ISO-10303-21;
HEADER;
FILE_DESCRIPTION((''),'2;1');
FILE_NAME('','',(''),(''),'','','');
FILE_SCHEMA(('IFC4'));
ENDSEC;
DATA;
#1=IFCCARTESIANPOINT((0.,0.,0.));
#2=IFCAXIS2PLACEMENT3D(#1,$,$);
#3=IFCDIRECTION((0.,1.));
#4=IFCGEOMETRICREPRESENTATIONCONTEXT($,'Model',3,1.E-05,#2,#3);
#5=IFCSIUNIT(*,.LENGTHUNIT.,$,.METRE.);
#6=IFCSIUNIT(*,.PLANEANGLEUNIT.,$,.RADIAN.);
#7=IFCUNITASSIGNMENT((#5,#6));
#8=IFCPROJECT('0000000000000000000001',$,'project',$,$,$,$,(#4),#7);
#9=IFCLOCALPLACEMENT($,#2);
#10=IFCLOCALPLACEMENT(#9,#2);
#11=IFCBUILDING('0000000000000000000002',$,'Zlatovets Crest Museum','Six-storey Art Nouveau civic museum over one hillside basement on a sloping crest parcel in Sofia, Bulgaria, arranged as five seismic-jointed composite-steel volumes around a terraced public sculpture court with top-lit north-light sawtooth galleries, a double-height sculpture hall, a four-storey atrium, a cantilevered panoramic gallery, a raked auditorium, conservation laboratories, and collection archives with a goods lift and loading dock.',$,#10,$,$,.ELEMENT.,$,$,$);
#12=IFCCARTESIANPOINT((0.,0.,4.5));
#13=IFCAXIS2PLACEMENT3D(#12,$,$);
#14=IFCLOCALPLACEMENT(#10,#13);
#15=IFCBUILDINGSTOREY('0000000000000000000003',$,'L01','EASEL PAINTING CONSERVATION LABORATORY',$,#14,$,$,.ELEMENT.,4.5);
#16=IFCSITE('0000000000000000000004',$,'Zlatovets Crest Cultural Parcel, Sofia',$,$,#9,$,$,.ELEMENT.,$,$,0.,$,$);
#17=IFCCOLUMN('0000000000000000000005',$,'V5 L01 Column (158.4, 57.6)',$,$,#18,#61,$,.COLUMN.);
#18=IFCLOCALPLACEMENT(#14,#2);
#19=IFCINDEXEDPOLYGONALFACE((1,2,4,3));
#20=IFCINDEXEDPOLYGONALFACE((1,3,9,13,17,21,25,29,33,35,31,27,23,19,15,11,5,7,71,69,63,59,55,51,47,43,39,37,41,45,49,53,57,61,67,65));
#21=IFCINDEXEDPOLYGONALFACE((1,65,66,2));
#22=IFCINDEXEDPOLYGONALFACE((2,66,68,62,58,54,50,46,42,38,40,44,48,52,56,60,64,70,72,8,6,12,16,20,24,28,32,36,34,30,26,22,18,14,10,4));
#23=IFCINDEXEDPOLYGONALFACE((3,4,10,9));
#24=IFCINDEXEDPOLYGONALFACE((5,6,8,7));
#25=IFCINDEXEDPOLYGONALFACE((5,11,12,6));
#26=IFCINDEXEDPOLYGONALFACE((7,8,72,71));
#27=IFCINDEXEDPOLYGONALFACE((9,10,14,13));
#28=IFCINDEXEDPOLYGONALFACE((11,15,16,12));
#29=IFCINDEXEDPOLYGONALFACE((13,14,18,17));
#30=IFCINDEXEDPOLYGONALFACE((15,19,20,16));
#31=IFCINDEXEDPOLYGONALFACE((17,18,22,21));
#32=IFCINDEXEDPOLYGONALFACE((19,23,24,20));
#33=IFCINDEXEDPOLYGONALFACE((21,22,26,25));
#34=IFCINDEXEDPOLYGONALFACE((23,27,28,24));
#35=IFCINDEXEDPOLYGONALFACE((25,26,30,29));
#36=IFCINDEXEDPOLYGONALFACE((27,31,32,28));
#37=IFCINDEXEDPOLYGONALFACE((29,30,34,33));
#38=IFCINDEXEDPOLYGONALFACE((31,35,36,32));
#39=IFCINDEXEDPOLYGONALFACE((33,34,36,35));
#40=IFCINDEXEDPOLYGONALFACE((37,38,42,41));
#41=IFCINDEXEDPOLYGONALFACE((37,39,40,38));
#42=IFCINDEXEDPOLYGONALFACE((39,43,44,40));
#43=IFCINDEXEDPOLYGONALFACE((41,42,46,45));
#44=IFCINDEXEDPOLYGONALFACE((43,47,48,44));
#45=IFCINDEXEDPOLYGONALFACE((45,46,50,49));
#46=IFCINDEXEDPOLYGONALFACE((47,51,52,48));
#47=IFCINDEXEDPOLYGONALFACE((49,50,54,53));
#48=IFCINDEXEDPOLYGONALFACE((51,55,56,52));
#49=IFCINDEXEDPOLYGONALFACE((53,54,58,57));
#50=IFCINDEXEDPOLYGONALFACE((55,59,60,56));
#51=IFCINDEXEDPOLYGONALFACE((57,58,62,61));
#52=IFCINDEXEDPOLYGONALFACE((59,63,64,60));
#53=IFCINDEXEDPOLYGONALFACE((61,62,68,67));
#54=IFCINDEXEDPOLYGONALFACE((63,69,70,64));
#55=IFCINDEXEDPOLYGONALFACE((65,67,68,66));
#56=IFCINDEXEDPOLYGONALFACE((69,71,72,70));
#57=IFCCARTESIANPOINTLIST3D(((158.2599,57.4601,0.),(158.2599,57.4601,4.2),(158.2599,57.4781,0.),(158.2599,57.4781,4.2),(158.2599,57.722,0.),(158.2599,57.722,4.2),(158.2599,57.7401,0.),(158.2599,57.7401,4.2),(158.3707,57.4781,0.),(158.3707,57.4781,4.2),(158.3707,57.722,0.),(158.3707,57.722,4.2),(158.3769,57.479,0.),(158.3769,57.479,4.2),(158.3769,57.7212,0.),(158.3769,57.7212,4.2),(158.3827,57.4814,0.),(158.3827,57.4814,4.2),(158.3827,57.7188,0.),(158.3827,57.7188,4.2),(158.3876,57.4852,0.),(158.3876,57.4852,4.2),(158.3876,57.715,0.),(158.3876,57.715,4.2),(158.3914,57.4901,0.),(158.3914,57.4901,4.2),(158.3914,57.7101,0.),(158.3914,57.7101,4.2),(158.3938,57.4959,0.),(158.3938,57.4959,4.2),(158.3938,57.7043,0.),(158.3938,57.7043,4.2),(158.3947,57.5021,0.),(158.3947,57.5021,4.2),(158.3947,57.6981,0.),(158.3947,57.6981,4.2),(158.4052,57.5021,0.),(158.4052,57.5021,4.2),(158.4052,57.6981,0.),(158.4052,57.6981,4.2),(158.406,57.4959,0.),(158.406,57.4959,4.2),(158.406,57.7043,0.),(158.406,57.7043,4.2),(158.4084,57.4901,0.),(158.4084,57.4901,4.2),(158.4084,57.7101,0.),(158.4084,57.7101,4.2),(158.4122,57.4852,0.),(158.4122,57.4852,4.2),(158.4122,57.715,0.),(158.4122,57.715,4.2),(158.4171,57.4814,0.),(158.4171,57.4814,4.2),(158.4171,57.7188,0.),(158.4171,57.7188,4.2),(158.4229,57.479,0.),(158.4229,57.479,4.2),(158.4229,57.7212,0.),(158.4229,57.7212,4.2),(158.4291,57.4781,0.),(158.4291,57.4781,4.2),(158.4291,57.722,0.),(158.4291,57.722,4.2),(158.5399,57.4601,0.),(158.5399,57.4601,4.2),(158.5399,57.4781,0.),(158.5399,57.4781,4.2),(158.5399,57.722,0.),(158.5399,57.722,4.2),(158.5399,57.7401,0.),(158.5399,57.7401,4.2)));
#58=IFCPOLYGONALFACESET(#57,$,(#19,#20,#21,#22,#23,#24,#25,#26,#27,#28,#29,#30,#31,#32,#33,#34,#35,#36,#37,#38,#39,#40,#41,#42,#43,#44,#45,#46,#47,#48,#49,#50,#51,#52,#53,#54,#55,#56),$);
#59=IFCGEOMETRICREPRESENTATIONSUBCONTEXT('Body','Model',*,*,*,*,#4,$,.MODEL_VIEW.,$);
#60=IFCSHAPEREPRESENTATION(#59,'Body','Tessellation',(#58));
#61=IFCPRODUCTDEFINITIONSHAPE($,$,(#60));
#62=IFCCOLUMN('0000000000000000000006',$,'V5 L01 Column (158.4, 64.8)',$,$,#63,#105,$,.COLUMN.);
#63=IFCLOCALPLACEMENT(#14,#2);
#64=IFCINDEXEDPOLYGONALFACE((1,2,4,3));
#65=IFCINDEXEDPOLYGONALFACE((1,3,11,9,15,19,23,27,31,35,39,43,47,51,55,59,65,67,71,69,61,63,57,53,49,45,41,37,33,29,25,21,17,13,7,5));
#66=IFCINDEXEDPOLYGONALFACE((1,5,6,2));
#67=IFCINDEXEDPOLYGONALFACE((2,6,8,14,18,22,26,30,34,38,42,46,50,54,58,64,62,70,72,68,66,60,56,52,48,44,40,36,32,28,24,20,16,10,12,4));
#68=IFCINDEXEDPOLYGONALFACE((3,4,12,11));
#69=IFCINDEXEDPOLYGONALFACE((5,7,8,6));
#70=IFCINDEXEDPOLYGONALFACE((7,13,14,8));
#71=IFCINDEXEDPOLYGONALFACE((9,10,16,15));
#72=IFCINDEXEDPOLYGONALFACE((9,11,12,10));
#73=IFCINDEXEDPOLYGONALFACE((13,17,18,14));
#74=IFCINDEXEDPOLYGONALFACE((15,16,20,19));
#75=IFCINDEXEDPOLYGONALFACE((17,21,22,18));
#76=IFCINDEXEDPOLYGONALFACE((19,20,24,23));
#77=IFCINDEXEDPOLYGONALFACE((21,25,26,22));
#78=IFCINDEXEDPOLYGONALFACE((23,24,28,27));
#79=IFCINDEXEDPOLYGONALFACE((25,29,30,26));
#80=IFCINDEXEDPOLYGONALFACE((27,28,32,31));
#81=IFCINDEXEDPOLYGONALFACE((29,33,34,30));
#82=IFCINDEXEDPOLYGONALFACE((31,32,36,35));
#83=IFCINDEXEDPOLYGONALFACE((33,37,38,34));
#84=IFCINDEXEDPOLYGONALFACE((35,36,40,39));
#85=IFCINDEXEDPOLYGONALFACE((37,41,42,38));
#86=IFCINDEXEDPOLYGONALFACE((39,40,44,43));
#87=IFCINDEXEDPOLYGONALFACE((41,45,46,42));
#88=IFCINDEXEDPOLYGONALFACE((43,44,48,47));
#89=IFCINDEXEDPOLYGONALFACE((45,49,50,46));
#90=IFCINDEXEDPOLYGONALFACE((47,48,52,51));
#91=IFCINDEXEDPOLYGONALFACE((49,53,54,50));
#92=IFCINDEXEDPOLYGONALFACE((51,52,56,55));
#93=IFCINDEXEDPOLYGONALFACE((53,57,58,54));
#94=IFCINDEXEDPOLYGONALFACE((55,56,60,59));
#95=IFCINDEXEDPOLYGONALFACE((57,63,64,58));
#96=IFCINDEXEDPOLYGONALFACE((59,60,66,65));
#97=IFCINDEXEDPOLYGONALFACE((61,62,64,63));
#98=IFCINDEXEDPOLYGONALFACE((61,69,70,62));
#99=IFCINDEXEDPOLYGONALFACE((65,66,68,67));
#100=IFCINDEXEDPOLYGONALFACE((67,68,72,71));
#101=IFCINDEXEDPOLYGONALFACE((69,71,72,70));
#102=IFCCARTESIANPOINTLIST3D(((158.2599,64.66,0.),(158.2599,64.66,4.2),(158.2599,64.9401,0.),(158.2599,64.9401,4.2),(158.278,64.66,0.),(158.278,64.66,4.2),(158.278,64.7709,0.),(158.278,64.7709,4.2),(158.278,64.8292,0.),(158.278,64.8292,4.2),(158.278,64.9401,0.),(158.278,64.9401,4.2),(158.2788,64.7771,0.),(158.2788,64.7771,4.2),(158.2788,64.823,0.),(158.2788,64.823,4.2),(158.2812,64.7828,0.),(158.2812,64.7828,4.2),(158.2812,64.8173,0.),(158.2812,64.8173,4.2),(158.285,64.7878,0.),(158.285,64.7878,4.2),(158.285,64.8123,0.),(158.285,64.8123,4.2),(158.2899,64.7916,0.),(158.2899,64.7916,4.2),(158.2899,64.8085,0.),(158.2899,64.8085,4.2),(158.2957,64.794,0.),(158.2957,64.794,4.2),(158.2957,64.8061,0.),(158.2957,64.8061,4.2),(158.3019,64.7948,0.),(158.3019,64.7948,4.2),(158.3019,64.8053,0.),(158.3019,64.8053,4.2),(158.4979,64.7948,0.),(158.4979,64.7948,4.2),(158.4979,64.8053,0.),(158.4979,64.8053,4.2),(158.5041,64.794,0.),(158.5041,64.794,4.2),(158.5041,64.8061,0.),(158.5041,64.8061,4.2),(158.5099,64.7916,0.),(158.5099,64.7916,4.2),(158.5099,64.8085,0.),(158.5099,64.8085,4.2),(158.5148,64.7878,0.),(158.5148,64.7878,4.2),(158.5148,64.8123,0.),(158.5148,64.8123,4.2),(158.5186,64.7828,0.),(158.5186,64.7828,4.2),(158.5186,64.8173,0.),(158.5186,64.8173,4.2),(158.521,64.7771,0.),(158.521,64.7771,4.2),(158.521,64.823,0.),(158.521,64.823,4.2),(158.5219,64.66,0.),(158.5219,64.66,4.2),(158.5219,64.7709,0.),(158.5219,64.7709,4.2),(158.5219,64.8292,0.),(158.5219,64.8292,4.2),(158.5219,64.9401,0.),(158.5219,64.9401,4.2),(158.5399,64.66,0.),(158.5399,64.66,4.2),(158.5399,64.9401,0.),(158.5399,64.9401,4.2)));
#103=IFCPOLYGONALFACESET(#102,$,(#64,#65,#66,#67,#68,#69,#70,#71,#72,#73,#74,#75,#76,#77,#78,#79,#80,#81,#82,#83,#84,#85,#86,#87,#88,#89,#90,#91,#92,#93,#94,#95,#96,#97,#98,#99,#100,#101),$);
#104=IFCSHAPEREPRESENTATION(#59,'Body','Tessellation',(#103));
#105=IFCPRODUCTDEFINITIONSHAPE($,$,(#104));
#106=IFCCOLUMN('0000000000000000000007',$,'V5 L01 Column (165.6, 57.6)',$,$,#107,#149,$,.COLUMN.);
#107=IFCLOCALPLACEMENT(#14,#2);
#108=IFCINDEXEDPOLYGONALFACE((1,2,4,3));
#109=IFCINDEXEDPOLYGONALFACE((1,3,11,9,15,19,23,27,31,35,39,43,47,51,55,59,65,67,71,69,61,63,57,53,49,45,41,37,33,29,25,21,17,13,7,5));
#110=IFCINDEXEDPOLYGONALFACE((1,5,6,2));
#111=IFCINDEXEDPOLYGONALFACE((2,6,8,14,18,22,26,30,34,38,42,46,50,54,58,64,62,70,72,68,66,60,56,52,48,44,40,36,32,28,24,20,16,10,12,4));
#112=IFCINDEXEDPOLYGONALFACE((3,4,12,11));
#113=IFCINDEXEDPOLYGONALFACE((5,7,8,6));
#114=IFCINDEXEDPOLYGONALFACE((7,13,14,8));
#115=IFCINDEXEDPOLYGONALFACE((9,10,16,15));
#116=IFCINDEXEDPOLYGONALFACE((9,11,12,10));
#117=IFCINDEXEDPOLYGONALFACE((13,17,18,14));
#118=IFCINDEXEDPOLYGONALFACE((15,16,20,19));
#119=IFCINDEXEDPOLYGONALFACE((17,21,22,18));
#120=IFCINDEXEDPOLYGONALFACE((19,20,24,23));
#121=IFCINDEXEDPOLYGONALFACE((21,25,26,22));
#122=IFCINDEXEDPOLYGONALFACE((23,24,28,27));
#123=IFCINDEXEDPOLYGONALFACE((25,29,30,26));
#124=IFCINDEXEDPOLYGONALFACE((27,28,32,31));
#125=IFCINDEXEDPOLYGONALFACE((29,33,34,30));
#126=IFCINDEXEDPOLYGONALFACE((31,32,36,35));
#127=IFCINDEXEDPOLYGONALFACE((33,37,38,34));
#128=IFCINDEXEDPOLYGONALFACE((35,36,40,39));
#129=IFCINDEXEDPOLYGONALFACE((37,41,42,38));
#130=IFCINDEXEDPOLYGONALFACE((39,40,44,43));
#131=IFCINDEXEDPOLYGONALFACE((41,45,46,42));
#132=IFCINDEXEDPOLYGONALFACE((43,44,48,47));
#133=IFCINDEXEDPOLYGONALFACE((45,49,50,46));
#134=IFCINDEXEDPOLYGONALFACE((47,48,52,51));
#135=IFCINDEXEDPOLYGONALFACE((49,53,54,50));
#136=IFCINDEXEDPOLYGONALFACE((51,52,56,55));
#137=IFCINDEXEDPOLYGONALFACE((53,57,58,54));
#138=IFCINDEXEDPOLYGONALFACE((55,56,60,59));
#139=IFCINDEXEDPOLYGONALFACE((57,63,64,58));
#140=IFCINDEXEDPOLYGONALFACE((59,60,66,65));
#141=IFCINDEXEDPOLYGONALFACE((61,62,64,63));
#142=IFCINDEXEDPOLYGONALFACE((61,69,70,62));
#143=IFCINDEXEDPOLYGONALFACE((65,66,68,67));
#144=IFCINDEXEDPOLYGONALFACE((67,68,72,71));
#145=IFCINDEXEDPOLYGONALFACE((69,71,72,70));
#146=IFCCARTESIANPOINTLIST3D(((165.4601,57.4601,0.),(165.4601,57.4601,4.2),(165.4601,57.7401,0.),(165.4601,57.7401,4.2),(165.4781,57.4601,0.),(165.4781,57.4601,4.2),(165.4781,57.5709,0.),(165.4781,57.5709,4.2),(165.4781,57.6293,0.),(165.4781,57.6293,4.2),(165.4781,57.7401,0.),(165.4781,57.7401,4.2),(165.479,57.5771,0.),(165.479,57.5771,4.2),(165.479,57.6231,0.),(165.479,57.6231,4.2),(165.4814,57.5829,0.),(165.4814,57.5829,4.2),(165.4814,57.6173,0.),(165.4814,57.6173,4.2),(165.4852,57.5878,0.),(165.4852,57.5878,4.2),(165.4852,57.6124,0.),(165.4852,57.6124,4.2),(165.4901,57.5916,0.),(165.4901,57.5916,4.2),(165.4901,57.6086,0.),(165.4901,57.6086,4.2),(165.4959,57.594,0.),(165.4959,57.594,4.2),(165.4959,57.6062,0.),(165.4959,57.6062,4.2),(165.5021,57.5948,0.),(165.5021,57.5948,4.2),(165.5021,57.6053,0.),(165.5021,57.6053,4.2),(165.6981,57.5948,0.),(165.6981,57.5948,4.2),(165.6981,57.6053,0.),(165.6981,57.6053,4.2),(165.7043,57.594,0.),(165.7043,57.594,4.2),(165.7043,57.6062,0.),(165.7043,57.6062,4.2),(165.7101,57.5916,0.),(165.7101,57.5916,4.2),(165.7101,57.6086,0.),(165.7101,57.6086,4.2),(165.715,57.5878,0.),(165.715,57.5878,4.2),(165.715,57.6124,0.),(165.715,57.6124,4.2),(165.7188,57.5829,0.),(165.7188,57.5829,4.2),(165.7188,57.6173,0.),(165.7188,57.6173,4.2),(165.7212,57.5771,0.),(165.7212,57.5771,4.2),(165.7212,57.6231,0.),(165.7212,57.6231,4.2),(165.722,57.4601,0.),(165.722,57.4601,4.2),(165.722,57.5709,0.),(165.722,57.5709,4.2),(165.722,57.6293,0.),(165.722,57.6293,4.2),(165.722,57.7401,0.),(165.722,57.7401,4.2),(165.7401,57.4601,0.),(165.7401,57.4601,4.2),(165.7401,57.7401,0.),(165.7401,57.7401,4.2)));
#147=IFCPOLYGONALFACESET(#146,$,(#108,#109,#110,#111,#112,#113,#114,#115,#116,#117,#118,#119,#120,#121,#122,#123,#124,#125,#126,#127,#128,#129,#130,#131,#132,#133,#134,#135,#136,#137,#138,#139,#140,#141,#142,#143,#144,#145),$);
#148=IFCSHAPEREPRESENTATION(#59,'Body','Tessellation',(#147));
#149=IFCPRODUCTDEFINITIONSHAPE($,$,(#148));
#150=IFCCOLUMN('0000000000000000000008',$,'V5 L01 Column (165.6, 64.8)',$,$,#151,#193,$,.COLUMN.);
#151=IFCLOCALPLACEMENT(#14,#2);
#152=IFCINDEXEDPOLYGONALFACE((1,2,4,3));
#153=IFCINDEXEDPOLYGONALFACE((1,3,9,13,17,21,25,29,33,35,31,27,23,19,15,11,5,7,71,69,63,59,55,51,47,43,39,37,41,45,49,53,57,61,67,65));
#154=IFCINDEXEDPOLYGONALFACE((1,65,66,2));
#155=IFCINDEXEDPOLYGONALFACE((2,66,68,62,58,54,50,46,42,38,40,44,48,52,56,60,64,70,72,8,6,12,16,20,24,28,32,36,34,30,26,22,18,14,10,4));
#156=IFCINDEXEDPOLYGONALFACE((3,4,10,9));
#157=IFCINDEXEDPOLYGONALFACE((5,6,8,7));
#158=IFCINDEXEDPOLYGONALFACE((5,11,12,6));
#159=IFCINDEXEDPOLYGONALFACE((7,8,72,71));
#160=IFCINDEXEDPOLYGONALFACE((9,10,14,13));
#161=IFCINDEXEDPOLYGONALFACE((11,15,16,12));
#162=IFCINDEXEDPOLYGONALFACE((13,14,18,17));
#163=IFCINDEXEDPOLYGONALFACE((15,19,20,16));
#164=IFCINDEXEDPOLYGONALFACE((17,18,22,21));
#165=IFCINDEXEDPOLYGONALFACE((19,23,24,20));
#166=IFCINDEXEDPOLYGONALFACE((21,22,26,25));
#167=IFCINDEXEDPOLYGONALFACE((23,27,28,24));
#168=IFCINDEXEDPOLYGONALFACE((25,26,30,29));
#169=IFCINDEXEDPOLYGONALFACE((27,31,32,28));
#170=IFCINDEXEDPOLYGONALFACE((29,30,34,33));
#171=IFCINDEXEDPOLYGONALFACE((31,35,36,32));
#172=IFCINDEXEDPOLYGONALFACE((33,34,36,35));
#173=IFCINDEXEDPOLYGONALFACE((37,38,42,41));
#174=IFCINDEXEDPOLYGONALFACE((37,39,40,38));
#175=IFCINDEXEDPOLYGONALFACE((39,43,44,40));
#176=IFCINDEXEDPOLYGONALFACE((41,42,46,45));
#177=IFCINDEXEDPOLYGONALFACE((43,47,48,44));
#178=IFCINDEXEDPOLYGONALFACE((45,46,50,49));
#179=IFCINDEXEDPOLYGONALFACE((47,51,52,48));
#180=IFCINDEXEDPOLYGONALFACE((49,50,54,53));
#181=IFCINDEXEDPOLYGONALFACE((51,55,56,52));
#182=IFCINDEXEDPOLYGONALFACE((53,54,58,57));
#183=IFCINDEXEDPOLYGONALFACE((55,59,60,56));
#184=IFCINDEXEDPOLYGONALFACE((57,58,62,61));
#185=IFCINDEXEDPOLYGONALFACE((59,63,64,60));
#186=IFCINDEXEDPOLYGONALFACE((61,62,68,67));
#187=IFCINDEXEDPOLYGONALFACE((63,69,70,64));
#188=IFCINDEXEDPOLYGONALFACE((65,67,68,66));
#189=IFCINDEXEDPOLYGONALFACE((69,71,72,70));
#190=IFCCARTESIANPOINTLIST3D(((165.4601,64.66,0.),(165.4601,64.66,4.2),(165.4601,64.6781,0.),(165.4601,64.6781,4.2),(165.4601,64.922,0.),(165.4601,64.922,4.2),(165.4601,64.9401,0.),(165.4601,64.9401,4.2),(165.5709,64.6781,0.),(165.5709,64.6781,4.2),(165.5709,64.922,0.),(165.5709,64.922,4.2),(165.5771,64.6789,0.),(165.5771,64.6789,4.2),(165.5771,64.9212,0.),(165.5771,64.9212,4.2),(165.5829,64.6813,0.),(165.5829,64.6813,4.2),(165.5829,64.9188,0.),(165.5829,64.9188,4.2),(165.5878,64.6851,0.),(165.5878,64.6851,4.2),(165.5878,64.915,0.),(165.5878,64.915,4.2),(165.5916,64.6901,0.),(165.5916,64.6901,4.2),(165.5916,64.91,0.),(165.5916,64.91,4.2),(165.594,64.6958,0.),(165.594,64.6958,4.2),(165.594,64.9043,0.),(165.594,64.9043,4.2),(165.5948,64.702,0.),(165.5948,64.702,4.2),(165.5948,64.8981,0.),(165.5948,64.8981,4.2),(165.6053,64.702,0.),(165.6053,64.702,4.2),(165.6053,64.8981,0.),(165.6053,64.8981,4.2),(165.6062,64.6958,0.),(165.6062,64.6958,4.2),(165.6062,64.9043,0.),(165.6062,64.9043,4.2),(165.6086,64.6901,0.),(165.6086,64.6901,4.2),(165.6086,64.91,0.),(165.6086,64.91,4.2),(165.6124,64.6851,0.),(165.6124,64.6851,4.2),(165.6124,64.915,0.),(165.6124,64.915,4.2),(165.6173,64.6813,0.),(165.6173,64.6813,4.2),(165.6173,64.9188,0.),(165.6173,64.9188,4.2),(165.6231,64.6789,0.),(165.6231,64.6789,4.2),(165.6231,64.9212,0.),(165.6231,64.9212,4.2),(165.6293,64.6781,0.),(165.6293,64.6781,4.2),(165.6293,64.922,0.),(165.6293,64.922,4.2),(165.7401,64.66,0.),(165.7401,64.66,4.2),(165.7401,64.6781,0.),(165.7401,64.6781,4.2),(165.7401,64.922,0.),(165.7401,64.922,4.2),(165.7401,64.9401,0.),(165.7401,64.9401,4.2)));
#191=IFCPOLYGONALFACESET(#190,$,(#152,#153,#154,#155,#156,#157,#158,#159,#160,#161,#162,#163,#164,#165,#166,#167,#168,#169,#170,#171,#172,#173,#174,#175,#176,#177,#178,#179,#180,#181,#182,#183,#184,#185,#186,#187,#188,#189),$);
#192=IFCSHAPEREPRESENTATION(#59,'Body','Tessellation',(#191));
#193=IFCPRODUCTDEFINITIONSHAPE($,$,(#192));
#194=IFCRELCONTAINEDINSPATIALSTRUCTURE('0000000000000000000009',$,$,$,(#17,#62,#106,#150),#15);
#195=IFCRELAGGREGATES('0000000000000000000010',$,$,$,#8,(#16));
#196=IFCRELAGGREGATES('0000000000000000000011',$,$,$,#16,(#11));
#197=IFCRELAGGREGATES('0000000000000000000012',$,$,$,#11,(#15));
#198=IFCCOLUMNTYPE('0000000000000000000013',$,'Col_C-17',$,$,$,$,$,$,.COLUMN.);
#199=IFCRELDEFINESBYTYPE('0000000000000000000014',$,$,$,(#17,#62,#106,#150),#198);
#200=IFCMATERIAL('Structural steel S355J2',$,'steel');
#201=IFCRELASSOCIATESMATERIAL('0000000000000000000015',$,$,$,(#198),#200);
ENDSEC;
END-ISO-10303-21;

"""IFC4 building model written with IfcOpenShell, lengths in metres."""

from ifc_helpers import new_model, si_unit, direction, frame, origin, origin_2d, place, context, subcontext, project, spatial, i_section, extrude, material, material_profile, profile_set, type_object, element, save


model = new_model("IFC4")

# Units and contexts
model_context = context("Model", 3, precision=1e-05, world=origin(), true_north=direction((0.0, 1.0)))
body_context = subcontext(model_context, "Body", "Model", "MODEL_VIEW")
ifc_project = project(units=[si_unit("LENGTHUNIT", "METRE"), si_unit("PLANEANGLEUNIT", "RADIAN")], contexts=[model_context])

# Site, building, storey
site_placement = place(None, origin())
site = spatial("IfcSite", under=ifc_project, at=site_placement, Name="Zlatovets Crest Cultural Parcel, Sofia", CompositionType="ELEMENT", RefElevation=0.0)
building_placement = place(site_placement, origin())
building = spatial("IfcBuilding", under=site, at=building_placement, Name="Zlatovets Crest Museum", Description="Six-storey Art Nouveau civic museum over one hillside basement on a sloping crest parcel in Sofia, Bulgaria, arranged as five seismic-jointed composite-steel volumes around a terraced public sculpture court with top-lit north-light sawtooth galleries, a double-height sculpture hall, a four-storey atrium, a cantilevered panoramic gallery, a raked auditorium, conservation laboratories, and collection archives with a goods lift and loading dock.", CompositionType="ELEMENT")
storey_placement = place(building_placement, frame((0.0, 0.0, 4.5)))
storey = spatial("IfcBuildingStorey", under=building, at=storey_placement, Name="L01", Description="EASEL PAINTING CONSERVATION LABORATORY", CompositionType="ELEMENT", Elevation=4.5)

# Columns
ifc_material_1 = material(Name="Structural steel S355J2", Category="steel")
ifc_material_profile_1 = material_profile(ifc_material_1, i_section(OverallWidth=0.28, OverallDepth=0.28, WebThickness=0.0105, FlangeThickness=0.0181, FilletRadius=0.0239, at=origin_2d()), Name="HEB 280")
ifc_profile_set_1 = profile_set([ifc_material_profile_1], Name="Structural steel S355J2")
column_type = type_object("IfcColumnType", Name="Col_C-17", PredefinedType="COLUMN", material=ifc_profile_set_1)
for number, where, z_axis, x_axis, name in (
    (1, (158.3999, 57.6001, 0.0), (0.0, 0.0, 1.0), (1.0, 0.0, 0.0), "V5 L01 Column (158.4, 57.6)"),
    (2, (158.3999, 64.8, 0.0), (0.0, 0.0, 1.0), (0.0, 1.0, 0.0), "V5 L01 Column (158.4, 64.8)"),
    (3, (165.6001, 57.6001, 0.0), (0.0, 0.0, 1.0), (0.0, 1.0, 0.0), "V5 L01 Column (165.6, 57.6)"),
    (4, (165.6001, 64.8, 0.0), (0.0, 0.0, 1.0), (1.0, 0.0, 0.0), "V5 L01 Column (165.6, 64.8)"),
):
    element("IfcColumn", number, at=place(storey_placement, frame(where, z_axis=z_axis, x_axis=x_axis)), inside=storey, type_object=column_type, Name=name, PredefinedType="COLUMN", context=body_context, shape_type="SweptSolid", body=[
        extrude(i_section(OverallWidth=0.28, OverallDepth=0.28, WebThickness=0.0105, FlangeThickness=0.0181, FilletRadius=0.0239, at=origin_2d()), origin(), (0.0, 0.0, 1.0), 4.2),
    ])

save(model, "model.ifc")
